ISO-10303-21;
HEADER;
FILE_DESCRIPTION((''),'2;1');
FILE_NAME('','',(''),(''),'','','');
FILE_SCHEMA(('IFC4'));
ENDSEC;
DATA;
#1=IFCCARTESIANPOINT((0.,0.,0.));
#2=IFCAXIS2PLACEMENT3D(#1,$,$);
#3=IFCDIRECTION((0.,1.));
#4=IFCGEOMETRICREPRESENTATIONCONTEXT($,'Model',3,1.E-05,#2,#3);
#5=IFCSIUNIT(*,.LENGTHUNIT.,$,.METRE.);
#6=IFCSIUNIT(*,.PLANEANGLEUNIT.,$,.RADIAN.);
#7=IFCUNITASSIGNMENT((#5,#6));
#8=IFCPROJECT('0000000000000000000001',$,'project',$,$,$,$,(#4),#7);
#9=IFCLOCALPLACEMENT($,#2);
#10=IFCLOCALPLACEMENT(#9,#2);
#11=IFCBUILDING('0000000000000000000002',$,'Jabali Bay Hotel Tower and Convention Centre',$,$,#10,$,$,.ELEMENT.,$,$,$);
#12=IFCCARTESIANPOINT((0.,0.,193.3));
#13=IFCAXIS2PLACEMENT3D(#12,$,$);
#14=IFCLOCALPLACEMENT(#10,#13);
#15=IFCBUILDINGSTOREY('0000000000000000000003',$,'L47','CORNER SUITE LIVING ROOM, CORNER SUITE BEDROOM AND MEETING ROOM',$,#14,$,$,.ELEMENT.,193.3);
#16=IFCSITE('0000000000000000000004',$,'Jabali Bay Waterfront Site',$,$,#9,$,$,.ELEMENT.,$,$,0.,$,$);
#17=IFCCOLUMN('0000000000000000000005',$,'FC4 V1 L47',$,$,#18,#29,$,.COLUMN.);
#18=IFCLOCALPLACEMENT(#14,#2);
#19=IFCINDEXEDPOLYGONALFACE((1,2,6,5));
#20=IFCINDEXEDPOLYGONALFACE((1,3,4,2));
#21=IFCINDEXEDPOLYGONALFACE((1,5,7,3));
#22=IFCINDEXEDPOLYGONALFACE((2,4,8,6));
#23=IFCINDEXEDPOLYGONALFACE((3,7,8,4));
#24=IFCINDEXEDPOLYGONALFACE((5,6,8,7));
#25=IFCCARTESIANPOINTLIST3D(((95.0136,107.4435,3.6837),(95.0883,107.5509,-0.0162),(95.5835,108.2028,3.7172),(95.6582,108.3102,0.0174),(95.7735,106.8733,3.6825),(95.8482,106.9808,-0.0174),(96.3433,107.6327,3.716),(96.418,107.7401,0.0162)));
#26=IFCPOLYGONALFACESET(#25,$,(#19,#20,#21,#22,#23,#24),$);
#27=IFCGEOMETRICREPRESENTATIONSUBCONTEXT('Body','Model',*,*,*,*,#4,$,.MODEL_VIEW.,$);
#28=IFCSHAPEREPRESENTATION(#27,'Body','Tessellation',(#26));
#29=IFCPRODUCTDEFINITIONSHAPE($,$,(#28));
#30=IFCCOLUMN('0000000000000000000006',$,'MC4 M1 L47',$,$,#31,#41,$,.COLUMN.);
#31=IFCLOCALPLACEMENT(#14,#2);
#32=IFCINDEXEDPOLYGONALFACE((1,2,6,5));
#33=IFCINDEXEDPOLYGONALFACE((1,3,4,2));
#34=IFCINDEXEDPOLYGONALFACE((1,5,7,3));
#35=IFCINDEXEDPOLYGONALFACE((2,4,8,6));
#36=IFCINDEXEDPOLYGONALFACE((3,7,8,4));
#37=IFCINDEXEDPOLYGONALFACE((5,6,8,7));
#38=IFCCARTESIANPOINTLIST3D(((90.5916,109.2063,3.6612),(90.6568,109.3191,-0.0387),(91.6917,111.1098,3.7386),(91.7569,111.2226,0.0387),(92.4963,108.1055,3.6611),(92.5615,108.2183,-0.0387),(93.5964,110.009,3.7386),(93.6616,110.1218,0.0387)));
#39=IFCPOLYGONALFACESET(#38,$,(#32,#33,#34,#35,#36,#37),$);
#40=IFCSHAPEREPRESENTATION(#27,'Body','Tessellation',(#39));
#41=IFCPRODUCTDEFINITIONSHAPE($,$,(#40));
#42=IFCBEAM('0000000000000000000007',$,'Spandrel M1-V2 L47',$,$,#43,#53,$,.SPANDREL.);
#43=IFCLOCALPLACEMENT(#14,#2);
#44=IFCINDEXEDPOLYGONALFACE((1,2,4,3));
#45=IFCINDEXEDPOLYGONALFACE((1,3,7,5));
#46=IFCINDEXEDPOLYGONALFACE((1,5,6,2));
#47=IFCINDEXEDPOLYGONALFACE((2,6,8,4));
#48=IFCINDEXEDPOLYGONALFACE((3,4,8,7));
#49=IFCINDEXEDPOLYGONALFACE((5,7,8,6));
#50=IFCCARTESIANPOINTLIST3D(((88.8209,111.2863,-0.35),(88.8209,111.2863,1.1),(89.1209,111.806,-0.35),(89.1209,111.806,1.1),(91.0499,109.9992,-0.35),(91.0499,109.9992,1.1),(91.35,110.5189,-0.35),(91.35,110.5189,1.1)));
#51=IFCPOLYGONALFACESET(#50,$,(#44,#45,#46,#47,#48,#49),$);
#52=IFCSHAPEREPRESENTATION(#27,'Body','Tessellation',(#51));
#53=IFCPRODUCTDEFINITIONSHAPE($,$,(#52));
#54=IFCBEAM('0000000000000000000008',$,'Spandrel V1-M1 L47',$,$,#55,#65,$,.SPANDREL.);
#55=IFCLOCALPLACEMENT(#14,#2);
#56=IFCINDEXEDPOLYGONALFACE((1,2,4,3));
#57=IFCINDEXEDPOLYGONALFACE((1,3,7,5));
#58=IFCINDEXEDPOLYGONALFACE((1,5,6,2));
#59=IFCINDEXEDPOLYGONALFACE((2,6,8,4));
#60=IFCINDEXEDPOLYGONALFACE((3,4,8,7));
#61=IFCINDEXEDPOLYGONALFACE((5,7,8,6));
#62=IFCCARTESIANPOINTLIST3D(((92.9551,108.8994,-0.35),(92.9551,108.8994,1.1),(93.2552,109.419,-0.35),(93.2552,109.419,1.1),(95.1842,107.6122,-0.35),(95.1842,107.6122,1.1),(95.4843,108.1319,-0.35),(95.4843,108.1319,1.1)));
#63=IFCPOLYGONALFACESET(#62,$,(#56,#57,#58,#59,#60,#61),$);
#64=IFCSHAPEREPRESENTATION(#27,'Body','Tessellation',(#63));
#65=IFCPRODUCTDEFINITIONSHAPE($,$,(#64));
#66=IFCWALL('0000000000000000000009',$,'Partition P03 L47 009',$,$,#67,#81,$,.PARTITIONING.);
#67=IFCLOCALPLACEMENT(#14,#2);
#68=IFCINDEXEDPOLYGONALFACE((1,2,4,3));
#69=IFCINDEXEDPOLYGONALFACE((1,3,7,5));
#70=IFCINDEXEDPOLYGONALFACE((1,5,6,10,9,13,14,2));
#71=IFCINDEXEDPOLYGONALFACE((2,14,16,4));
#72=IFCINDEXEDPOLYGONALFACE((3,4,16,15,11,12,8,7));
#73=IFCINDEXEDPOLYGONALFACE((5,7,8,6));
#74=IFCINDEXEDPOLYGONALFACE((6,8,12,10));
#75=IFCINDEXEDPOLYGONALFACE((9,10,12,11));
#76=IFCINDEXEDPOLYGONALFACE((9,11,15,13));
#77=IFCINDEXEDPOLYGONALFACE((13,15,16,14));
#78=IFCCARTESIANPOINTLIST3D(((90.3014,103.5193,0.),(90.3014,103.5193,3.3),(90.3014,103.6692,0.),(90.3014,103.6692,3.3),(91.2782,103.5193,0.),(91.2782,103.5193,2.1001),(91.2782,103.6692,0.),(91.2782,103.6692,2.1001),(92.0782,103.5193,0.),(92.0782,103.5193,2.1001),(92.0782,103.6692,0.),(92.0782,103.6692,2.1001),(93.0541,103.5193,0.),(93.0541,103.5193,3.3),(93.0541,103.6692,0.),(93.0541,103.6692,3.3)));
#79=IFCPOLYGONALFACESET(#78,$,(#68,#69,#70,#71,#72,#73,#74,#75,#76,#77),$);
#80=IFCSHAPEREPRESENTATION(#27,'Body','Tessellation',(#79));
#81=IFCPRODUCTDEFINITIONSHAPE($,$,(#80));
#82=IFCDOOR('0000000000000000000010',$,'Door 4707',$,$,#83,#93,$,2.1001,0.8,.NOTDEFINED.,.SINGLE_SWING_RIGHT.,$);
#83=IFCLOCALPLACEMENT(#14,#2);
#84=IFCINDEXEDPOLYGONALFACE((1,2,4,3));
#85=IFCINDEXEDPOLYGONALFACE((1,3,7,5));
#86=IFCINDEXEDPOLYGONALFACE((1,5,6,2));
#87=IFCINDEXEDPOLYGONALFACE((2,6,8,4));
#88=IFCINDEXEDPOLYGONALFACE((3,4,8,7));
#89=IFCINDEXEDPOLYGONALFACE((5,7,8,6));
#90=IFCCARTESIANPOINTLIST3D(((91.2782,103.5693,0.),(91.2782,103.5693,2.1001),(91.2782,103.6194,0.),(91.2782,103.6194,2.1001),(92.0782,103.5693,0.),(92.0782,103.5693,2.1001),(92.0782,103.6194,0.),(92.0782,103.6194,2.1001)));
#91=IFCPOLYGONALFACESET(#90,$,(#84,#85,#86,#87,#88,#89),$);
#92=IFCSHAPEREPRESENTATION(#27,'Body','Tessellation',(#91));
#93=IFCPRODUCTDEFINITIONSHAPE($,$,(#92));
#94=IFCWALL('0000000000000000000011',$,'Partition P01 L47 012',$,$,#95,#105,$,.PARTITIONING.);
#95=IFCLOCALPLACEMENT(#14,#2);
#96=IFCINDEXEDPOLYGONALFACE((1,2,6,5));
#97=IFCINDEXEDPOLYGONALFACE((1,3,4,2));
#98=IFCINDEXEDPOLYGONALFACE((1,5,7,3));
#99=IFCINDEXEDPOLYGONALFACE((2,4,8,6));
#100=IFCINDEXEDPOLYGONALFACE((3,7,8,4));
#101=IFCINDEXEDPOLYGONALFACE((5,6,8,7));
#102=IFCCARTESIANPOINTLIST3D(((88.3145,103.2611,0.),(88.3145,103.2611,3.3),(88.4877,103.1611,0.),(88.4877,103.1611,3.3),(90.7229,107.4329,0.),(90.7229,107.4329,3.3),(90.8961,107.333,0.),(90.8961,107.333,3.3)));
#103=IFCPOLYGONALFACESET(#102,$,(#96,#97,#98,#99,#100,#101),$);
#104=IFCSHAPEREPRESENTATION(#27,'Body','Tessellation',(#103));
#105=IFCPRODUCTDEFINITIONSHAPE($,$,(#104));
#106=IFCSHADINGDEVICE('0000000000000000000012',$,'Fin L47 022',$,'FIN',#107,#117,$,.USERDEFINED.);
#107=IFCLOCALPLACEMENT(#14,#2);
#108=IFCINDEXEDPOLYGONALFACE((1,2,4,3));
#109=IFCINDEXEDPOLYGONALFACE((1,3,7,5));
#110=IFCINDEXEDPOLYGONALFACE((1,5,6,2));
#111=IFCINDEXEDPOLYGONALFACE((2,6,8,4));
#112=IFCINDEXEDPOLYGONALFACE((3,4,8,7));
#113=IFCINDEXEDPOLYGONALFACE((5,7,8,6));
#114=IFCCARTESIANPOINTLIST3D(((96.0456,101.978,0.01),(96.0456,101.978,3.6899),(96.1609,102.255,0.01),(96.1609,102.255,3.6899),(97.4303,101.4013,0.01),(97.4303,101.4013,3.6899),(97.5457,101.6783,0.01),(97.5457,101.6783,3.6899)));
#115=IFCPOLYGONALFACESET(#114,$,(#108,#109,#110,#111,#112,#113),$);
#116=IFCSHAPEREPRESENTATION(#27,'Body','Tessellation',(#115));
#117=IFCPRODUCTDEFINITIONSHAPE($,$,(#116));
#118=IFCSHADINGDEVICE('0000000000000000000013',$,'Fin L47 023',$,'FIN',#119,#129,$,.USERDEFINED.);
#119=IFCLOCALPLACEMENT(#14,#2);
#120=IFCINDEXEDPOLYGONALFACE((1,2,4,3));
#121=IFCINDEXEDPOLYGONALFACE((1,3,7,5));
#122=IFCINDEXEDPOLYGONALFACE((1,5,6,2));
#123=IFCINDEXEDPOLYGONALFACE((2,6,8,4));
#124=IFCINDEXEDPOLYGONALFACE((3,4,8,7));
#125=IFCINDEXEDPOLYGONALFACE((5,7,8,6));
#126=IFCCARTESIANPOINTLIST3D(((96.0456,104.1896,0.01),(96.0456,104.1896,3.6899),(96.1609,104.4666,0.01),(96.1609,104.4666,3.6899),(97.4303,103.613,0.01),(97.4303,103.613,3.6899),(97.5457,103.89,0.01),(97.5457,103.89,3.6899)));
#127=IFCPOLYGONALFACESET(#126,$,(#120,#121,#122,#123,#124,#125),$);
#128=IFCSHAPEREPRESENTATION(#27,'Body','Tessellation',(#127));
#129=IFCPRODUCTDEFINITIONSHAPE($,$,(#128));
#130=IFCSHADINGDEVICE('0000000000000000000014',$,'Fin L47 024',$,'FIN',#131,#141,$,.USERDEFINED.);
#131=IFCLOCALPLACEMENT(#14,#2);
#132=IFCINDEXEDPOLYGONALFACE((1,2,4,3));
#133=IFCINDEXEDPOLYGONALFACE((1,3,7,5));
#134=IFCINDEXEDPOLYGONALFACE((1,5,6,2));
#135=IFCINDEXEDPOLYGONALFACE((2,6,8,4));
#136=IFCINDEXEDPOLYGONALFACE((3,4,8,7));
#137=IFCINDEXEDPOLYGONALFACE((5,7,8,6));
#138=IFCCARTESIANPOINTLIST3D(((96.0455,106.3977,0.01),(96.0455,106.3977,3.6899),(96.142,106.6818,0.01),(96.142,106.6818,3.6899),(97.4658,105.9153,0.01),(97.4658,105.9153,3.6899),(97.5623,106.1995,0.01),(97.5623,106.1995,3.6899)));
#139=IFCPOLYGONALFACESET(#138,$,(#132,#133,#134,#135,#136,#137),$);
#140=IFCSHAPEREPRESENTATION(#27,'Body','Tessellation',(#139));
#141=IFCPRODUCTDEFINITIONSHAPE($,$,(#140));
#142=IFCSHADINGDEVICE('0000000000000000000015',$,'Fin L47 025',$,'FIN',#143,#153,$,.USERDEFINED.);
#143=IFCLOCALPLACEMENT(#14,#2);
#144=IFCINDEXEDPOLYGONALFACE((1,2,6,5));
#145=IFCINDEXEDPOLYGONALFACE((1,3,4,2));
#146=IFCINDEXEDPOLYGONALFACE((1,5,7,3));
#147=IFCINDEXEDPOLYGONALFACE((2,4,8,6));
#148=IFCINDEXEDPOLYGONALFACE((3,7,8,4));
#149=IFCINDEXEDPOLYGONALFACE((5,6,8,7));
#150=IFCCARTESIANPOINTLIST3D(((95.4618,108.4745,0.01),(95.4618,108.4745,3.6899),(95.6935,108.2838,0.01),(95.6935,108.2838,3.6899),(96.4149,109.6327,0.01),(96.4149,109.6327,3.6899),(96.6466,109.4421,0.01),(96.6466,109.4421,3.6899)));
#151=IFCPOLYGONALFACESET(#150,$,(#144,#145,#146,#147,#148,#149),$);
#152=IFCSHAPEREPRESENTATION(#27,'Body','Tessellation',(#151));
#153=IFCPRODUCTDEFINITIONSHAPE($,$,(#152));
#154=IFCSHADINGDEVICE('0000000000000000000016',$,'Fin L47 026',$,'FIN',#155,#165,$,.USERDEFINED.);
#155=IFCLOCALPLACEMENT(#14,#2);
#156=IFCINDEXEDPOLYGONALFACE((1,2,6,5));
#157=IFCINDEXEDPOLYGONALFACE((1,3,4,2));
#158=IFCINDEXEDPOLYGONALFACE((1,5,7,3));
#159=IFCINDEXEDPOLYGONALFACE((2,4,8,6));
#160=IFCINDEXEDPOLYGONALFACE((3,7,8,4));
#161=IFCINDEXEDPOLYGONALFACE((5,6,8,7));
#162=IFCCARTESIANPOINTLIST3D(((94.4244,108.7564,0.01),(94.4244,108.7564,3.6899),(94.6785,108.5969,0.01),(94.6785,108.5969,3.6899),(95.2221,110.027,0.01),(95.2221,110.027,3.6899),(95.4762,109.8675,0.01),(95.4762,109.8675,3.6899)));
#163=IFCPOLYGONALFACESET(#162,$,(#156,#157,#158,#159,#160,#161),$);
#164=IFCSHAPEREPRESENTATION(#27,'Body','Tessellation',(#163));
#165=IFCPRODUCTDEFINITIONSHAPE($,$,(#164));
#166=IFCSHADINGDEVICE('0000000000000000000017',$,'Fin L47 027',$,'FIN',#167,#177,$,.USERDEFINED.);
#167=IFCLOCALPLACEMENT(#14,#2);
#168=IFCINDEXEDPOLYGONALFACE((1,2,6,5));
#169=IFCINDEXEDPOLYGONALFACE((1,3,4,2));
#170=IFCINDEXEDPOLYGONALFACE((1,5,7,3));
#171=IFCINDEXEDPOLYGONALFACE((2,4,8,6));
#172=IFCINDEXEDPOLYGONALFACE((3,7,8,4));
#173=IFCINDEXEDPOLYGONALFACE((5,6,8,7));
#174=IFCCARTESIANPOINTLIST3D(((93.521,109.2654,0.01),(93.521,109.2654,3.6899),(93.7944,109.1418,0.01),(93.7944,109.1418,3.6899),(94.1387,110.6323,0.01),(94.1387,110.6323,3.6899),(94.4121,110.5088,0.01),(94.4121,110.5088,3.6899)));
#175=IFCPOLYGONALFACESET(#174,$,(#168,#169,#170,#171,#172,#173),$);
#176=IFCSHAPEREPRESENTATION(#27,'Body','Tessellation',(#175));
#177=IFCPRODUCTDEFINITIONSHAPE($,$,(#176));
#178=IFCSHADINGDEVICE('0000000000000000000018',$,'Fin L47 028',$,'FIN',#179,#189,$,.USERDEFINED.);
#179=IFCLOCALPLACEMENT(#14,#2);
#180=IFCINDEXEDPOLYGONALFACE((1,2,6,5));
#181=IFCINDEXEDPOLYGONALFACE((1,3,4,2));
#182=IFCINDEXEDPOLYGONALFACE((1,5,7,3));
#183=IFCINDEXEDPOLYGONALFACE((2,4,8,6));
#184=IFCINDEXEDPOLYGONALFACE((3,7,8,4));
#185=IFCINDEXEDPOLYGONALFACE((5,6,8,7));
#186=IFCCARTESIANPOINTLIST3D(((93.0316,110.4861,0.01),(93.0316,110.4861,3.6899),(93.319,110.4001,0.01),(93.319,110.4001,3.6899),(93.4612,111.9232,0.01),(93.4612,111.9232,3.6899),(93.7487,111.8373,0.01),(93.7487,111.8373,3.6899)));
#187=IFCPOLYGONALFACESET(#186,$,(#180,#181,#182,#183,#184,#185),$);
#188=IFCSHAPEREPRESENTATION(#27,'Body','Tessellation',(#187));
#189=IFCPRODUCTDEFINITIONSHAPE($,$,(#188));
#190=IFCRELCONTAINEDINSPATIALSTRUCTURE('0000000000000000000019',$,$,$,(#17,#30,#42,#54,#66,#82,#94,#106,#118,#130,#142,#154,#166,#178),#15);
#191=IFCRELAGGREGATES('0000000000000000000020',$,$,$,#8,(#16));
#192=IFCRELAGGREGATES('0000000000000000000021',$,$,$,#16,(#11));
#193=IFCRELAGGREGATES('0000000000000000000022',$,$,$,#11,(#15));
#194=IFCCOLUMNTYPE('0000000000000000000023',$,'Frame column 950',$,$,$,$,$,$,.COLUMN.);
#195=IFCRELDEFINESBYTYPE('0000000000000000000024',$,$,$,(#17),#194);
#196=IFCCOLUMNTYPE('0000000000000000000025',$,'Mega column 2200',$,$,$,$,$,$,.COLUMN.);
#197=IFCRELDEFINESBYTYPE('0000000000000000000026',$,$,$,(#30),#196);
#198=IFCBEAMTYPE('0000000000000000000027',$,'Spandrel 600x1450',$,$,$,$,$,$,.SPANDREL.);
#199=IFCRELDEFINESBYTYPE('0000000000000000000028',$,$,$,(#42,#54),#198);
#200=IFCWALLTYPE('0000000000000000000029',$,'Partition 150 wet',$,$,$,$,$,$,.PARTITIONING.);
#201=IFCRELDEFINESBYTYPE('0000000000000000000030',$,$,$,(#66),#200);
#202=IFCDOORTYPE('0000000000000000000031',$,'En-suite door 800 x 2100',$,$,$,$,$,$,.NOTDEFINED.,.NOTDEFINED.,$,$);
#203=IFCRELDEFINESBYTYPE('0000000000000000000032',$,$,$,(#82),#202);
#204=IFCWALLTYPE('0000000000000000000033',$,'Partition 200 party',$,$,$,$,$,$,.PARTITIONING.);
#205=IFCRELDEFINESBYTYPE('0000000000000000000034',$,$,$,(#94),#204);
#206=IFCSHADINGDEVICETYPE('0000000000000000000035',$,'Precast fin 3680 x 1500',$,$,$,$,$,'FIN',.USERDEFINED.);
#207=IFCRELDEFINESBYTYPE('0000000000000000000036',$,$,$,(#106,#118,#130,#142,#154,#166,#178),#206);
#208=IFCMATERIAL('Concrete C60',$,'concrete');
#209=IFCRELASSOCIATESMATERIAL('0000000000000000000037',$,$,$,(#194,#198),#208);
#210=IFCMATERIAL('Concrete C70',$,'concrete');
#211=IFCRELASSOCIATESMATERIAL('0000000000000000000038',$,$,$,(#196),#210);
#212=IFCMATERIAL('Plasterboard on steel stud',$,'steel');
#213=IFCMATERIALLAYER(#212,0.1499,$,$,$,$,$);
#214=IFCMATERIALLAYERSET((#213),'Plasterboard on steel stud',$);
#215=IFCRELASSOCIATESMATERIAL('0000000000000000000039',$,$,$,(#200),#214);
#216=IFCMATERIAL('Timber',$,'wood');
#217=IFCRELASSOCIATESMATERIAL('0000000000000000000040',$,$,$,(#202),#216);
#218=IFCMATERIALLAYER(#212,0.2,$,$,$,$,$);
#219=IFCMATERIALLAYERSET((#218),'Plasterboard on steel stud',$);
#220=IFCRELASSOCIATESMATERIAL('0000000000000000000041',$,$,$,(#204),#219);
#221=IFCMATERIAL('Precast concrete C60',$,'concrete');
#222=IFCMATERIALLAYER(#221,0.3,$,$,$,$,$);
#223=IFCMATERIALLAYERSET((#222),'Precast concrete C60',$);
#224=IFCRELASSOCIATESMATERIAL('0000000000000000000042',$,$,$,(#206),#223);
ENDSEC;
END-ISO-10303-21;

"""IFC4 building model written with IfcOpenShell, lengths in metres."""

from ifc_helpers import new_model, si_unit, direction, frame, frame_2d, origin, origin_2d, place, context, subcontext, project, spatial, rectangle, extrude, material, layer, layer_set, material_profile, profile_set, type_object, element, fill, save


model = new_model("IFC4")

# Units and contexts
model_context = context("Model", 3, precision=1e-05, world=origin(), true_north=direction((0.0, 1.0)))
body_context = subcontext(model_context, "Body", "Model", "MODEL_VIEW")
ifc_project = project(units=[si_unit("LENGTHUNIT", "METRE"), si_unit("PLANEANGLEUNIT", "RADIAN")], contexts=[model_context])

# Site, building, storey
site_placement = place(None, origin())
site = spatial("IfcSite", under=ifc_project, at=site_placement, Name="Jabali Bay Waterfront Site", CompositionType="ELEMENT", RefElevation=0.0)
building_placement = place(site_placement, origin())
building = spatial("IfcBuilding", under=site, at=building_placement, Name="Jabali Bay Hotel Tower and Convention Centre", CompositionType="ELEMENT")
storey_placement = place(building_placement, frame((0.0, 0.0, 193.3)))
storey = spatial("IfcBuildingStorey", under=building, at=storey_placement, Name="L47", Description="CORNER SUITE LIVING ROOM, CORNER SUITE BEDROOM AND MEETING ROOM", CompositionType="ELEMENT", Elevation=193.3)

# Columns
ifc_material_1 = material(Name="Concrete C60", Category="concrete")
ifc_material_profile_1 = material_profile(ifc_material_1, rectangle(XDim=0.95, YDim=0.95, at=origin_2d()), Name="Frame column 950")
ifc_profile_set_1 = profile_set([ifc_material_profile_1], Name="Concrete C60")
column_type_1 = type_object("IfcColumnType", Name="Frame column 950", PredefinedType="COLUMN", material=ifc_profile_set_1)
column_1_placement = place(storey_placement, frame((95.7532, 107.6455, 0.0), z_axis=(-0.020179, -0.029015, 0.999375), x_axis=(0.599863, 0.799323, 0.035319)))
element("IfcColumn", 1, at=column_1_placement, inside=storey, type_object=column_type_1, Name="FC4 V1 L47", PredefinedType="COLUMN", context=body_context, shape_type="SweptSolid", body=[
    extrude(rectangle(XDim=0.95, YDim=0.95, at=origin_2d()), origin(), (0.0, 0.0, 1.0), 3.7021),
])
ifc_material_2 = material(Name="Concrete C70", Category="concrete")
ifc_material_profile_2 = material_profile(ifc_material_2, rectangle(XDim=2.2, YDim=2.2, at=origin_2d()), Name="Mega column 2200")
ifc_profile_set_2 = profile_set([ifc_material_profile_2], Name="Concrete C70")
column_type_2 = type_object("IfcColumnType", Name="Mega column 2200", PredefinedType="COLUMN", material=ifc_profile_set_2)
column_2_placement = place(storey_placement, frame((92.1592, 109.7205, 0.0), z_axis=(-0.017607, -0.030466, 0.999381), x_axis=(0.500065, 0.865273, 0.035188)))
element("IfcColumn", 2, at=column_2_placement, inside=storey, type_object=column_type_2, Name="MC4 M1 L47", PredefinedType="COLUMN", context=body_context, shape_type="SweptSolid", body=[
    extrude(rectangle(XDim=2.2, YDim=2.2, at=origin_2d()), origin(), (0.0, 0.0, 1.0), 3.7021),
])

# Beams
ifc_material_profile_3 = material_profile(ifc_material_1, rectangle(XDim=0.6001, YDim=1.45, at=origin_2d()), Name="Spandrel 600x1450")
ifc_profile_set_3 = profile_set([ifc_material_profile_3], Name="Concrete C60")
beam_type = type_object("IfcBeamType", Name="Spandrel 600x1450", PredefinedType="SPANDREL", material=ifc_profile_set_3)
for number, where, z_axis, x_axis, name in (
    (3, (91.2, 110.259, 0.375), (-0.865993, 0.500056, 0.0), (-0.500056, -0.865993, 0.0), "Spandrel M1-V2 L47"),
    (4, (95.3342, 107.8721, 0.375), (-0.865993, 0.500056, 0.0), (-0.500056, -0.865993, 0.0), "Spandrel V1-M1 L47"),
):
    element("IfcBeam", number, at=place(storey_placement, frame(where, z_axis=z_axis, x_axis=x_axis)), inside=storey, type_object=beam_type, Name=name, PredefinedType="SPANDREL", context=body_context, shape_type="SweptSolid", body=[
        extrude(rectangle(XDim=0.6001, YDim=1.45, at=origin_2d()), origin(), (0.0, 0.0, 1.0), 2.574),
    ])

# Wall, opening, door
ifc_material_3 = material(Name="Plasterboard on steel stud", Category="steel")
ifc_layer_1 = layer(ifc_material_3, 0.1499)
ifc_layer_set_1 = layer_set([ifc_layer_1], Name="Plasterboard on steel stud")
wall_type_1 = type_object("IfcWallType", Name="Partition 150 wet", PredefinedType="PARTITIONING", material=ifc_layer_set_1)
wall_1_placement = place(storey_placement, frame((93.0542, 103.5942, 0.0), z_axis=(0.0, 0.0, 1.0), x_axis=(-1.0, 0.0, 0.0)))
wall_1 = element("IfcWall", 5, at=wall_1_placement, inside=storey, type_object=wall_type_1, Name="Partition P03 L47 009", PredefinedType="PARTITIONING", context=body_context, shape_type="SweptSolid", body=[
    extrude(rectangle(XDim=2.7527, YDim=0.1499, at=frame_2d((1.3765, 0.0))), origin(), (0.0, 0.0, 1.0), 3.3),
])
opening_1_placement = place(wall_1_placement, frame((0.9761, 0.0, 0.0)))
opening_1 = element("IfcOpeningElement", 6, at=opening_1_placement, cuts=wall_1, PredefinedType="OPENING", context=body_context, shape_type="SweptSolid", body=[
    extrude(rectangle(XDim=0.8, YDim=2.1001, at=frame_2d((0.3999, 1.05))), frame((0.0, 0.0854, 0.0), z_axis=(0.0, -1.0, 0.0), x_axis=(1.0, 0.0, 0.0)), (0.0, 0.0, 1.0), 0.1709),
])
ifc_material_4 = material(Name="Timber", Category="wood")
door_type_1 = type_object("IfcDoorType", Name="En-suite door 800 x 2100", OperationType="NOTDEFINED", PredefinedType="NOTDEFINED", material=ifc_material_4)
door_1_placement = place(opening_1_placement, origin())
door_1 = element("IfcDoor", 7, at=door_1_placement, inside=storey, type_object=door_type_1, Name="Door 4707", OperationType="SINGLE_SWING_RIGHT", OverallHeight=2.1001, OverallWidth=0.8, PredefinedType="NOTDEFINED", context=body_context, shape_type="SweptSolid", body=[
    extrude(rectangle(XDim=0.8, YDim=2.1001, at=frame_2d((0.3999, 1.05))), frame((0.0, 0.0249, 0.0), z_axis=(0.0, -1.0, 0.0), x_axis=(1.0, 0.0, 0.0)), (0.0, 0.0, 1.0), 0.05),
])
fill(opening_1, door_1)

# Wall
ifc_layer_2 = layer(ifc_material_3, 0.2)
ifc_layer_set_2 = layer_set([ifc_layer_2], Name="Plasterboard on steel stud")
wall_type_2 = type_object("IfcWallType", Name="Partition 200 party", PredefinedType="PARTITIONING", material=ifc_layer_set_2)
wall_2_placement = place(storey_placement, frame((90.8096, 107.3831, 0.0), z_axis=(0.0, 0.0, 1.0), x_axis=(-0.499971, -0.866042, 0.0)))
element("IfcWall", 8, at=wall_2_placement, inside=storey, type_object=wall_type_2, Name="Partition P01 L47 012", PredefinedType="PARTITIONING", context=body_context, shape_type="SweptSolid", body=[
    extrude(rectangle(XDim=4.8171, YDim=0.2, at=frame_2d((2.4087, 0.0))), origin(), (0.0, 0.0, 1.0), 3.3),
])

# Shading devices
ifc_material_5 = material(Name="Precast concrete C60", Category="concrete")
ifc_layer_3 = layer(ifc_material_5, 0.3)
ifc_layer_set_3 = layer_set([ifc_layer_3], Name="Precast concrete C60")
shading_device_type = type_object("IfcShadingDeviceType", Name="Precast fin 3680 x 1500", ElementType="FIN", PredefinedType="USERDEFINED", material=ifc_layer_set_3)
for number, where, z_axis, x_axis, name in (
    (9, (96.1033, 102.1165, 0.01), (0.0, 0.0, 1.0), (0.923154, -0.38443, 0.0), "Fin L47 022"),
    (10, (96.1033, 104.3281, 0.01), (0.0, 0.0, 1.0), (0.923154, -0.38443, 0.0), "Fin L47 023"),
    (11, (96.0938, 106.5398, 0.01), (0.0, 0.0, 1.0), (0.946878, -0.321593, 0.0), "Fin L47 024"),
    (12, (95.5776, 108.3792, 0.01), (0.0, 0.0, 1.0), (0.635433, 0.772156, 0.0), "Fin L47 025"),
):
    element("IfcShadingDevice", number, at=place(storey_placement, frame(where, z_axis=z_axis, x_axis=x_axis)), inside=storey, type_object=shading_device_type, Name=name, ObjectType="FIN", PredefinedType="USERDEFINED", context=body_context, shape_type="SweptSolid", body=[
        extrude(rectangle(XDim=1.5, YDim=0.3, at=frame_2d((0.75, 0.0))), origin(), (0.0, 0.0, 1.0), 3.6799),
    ])
shading_device_1_placement = place(storey_placement, frame((94.5515, 108.6768, 0.01), z_axis=(0.0, 0.0, 1.0), x_axis=(0.531695, 0.846936, 0.0)))
element("IfcShadingDevice", 13, at=shading_device_1_placement, inside=storey, type_object=shading_device_type, Name="Fin L47 026", ObjectType="FIN", PredefinedType="USERDEFINED", context=body_context, shape_type="SweptSolid", body=[
    extrude(rectangle(XDim=1.5002, YDim=0.3, at=frame_2d((0.75, 0.0))), origin(), (0.0, 0.0, 1.0), 3.6799),
])
for number, where, z_axis, x_axis, name in (
    (14, (93.6577, 109.2036, 0.01), (0.0, 0.0, 1.0), (0.411779, 0.911284, 0.0), "Fin L47 027"),
    (15, (93.1753, 110.4431, 0.01), (0.0, 0.0, 1.0), (0.286437, 0.958099, 0.0), "Fin L47 028"),
):
    element("IfcShadingDevice", number, at=place(storey_placement, frame(where, z_axis=z_axis, x_axis=x_axis)), inside=storey, type_object=shading_device_type, Name=name, ObjectType="FIN", PredefinedType="USERDEFINED", context=body_context, shape_type="SweptSolid", body=[
        extrude(rectangle(XDim=1.5, YDim=0.3, at=frame_2d((0.75, 0.0))), origin(), (0.0, 0.0, 1.0), 3.6799),
    ])

save(model, "model.ifc")
